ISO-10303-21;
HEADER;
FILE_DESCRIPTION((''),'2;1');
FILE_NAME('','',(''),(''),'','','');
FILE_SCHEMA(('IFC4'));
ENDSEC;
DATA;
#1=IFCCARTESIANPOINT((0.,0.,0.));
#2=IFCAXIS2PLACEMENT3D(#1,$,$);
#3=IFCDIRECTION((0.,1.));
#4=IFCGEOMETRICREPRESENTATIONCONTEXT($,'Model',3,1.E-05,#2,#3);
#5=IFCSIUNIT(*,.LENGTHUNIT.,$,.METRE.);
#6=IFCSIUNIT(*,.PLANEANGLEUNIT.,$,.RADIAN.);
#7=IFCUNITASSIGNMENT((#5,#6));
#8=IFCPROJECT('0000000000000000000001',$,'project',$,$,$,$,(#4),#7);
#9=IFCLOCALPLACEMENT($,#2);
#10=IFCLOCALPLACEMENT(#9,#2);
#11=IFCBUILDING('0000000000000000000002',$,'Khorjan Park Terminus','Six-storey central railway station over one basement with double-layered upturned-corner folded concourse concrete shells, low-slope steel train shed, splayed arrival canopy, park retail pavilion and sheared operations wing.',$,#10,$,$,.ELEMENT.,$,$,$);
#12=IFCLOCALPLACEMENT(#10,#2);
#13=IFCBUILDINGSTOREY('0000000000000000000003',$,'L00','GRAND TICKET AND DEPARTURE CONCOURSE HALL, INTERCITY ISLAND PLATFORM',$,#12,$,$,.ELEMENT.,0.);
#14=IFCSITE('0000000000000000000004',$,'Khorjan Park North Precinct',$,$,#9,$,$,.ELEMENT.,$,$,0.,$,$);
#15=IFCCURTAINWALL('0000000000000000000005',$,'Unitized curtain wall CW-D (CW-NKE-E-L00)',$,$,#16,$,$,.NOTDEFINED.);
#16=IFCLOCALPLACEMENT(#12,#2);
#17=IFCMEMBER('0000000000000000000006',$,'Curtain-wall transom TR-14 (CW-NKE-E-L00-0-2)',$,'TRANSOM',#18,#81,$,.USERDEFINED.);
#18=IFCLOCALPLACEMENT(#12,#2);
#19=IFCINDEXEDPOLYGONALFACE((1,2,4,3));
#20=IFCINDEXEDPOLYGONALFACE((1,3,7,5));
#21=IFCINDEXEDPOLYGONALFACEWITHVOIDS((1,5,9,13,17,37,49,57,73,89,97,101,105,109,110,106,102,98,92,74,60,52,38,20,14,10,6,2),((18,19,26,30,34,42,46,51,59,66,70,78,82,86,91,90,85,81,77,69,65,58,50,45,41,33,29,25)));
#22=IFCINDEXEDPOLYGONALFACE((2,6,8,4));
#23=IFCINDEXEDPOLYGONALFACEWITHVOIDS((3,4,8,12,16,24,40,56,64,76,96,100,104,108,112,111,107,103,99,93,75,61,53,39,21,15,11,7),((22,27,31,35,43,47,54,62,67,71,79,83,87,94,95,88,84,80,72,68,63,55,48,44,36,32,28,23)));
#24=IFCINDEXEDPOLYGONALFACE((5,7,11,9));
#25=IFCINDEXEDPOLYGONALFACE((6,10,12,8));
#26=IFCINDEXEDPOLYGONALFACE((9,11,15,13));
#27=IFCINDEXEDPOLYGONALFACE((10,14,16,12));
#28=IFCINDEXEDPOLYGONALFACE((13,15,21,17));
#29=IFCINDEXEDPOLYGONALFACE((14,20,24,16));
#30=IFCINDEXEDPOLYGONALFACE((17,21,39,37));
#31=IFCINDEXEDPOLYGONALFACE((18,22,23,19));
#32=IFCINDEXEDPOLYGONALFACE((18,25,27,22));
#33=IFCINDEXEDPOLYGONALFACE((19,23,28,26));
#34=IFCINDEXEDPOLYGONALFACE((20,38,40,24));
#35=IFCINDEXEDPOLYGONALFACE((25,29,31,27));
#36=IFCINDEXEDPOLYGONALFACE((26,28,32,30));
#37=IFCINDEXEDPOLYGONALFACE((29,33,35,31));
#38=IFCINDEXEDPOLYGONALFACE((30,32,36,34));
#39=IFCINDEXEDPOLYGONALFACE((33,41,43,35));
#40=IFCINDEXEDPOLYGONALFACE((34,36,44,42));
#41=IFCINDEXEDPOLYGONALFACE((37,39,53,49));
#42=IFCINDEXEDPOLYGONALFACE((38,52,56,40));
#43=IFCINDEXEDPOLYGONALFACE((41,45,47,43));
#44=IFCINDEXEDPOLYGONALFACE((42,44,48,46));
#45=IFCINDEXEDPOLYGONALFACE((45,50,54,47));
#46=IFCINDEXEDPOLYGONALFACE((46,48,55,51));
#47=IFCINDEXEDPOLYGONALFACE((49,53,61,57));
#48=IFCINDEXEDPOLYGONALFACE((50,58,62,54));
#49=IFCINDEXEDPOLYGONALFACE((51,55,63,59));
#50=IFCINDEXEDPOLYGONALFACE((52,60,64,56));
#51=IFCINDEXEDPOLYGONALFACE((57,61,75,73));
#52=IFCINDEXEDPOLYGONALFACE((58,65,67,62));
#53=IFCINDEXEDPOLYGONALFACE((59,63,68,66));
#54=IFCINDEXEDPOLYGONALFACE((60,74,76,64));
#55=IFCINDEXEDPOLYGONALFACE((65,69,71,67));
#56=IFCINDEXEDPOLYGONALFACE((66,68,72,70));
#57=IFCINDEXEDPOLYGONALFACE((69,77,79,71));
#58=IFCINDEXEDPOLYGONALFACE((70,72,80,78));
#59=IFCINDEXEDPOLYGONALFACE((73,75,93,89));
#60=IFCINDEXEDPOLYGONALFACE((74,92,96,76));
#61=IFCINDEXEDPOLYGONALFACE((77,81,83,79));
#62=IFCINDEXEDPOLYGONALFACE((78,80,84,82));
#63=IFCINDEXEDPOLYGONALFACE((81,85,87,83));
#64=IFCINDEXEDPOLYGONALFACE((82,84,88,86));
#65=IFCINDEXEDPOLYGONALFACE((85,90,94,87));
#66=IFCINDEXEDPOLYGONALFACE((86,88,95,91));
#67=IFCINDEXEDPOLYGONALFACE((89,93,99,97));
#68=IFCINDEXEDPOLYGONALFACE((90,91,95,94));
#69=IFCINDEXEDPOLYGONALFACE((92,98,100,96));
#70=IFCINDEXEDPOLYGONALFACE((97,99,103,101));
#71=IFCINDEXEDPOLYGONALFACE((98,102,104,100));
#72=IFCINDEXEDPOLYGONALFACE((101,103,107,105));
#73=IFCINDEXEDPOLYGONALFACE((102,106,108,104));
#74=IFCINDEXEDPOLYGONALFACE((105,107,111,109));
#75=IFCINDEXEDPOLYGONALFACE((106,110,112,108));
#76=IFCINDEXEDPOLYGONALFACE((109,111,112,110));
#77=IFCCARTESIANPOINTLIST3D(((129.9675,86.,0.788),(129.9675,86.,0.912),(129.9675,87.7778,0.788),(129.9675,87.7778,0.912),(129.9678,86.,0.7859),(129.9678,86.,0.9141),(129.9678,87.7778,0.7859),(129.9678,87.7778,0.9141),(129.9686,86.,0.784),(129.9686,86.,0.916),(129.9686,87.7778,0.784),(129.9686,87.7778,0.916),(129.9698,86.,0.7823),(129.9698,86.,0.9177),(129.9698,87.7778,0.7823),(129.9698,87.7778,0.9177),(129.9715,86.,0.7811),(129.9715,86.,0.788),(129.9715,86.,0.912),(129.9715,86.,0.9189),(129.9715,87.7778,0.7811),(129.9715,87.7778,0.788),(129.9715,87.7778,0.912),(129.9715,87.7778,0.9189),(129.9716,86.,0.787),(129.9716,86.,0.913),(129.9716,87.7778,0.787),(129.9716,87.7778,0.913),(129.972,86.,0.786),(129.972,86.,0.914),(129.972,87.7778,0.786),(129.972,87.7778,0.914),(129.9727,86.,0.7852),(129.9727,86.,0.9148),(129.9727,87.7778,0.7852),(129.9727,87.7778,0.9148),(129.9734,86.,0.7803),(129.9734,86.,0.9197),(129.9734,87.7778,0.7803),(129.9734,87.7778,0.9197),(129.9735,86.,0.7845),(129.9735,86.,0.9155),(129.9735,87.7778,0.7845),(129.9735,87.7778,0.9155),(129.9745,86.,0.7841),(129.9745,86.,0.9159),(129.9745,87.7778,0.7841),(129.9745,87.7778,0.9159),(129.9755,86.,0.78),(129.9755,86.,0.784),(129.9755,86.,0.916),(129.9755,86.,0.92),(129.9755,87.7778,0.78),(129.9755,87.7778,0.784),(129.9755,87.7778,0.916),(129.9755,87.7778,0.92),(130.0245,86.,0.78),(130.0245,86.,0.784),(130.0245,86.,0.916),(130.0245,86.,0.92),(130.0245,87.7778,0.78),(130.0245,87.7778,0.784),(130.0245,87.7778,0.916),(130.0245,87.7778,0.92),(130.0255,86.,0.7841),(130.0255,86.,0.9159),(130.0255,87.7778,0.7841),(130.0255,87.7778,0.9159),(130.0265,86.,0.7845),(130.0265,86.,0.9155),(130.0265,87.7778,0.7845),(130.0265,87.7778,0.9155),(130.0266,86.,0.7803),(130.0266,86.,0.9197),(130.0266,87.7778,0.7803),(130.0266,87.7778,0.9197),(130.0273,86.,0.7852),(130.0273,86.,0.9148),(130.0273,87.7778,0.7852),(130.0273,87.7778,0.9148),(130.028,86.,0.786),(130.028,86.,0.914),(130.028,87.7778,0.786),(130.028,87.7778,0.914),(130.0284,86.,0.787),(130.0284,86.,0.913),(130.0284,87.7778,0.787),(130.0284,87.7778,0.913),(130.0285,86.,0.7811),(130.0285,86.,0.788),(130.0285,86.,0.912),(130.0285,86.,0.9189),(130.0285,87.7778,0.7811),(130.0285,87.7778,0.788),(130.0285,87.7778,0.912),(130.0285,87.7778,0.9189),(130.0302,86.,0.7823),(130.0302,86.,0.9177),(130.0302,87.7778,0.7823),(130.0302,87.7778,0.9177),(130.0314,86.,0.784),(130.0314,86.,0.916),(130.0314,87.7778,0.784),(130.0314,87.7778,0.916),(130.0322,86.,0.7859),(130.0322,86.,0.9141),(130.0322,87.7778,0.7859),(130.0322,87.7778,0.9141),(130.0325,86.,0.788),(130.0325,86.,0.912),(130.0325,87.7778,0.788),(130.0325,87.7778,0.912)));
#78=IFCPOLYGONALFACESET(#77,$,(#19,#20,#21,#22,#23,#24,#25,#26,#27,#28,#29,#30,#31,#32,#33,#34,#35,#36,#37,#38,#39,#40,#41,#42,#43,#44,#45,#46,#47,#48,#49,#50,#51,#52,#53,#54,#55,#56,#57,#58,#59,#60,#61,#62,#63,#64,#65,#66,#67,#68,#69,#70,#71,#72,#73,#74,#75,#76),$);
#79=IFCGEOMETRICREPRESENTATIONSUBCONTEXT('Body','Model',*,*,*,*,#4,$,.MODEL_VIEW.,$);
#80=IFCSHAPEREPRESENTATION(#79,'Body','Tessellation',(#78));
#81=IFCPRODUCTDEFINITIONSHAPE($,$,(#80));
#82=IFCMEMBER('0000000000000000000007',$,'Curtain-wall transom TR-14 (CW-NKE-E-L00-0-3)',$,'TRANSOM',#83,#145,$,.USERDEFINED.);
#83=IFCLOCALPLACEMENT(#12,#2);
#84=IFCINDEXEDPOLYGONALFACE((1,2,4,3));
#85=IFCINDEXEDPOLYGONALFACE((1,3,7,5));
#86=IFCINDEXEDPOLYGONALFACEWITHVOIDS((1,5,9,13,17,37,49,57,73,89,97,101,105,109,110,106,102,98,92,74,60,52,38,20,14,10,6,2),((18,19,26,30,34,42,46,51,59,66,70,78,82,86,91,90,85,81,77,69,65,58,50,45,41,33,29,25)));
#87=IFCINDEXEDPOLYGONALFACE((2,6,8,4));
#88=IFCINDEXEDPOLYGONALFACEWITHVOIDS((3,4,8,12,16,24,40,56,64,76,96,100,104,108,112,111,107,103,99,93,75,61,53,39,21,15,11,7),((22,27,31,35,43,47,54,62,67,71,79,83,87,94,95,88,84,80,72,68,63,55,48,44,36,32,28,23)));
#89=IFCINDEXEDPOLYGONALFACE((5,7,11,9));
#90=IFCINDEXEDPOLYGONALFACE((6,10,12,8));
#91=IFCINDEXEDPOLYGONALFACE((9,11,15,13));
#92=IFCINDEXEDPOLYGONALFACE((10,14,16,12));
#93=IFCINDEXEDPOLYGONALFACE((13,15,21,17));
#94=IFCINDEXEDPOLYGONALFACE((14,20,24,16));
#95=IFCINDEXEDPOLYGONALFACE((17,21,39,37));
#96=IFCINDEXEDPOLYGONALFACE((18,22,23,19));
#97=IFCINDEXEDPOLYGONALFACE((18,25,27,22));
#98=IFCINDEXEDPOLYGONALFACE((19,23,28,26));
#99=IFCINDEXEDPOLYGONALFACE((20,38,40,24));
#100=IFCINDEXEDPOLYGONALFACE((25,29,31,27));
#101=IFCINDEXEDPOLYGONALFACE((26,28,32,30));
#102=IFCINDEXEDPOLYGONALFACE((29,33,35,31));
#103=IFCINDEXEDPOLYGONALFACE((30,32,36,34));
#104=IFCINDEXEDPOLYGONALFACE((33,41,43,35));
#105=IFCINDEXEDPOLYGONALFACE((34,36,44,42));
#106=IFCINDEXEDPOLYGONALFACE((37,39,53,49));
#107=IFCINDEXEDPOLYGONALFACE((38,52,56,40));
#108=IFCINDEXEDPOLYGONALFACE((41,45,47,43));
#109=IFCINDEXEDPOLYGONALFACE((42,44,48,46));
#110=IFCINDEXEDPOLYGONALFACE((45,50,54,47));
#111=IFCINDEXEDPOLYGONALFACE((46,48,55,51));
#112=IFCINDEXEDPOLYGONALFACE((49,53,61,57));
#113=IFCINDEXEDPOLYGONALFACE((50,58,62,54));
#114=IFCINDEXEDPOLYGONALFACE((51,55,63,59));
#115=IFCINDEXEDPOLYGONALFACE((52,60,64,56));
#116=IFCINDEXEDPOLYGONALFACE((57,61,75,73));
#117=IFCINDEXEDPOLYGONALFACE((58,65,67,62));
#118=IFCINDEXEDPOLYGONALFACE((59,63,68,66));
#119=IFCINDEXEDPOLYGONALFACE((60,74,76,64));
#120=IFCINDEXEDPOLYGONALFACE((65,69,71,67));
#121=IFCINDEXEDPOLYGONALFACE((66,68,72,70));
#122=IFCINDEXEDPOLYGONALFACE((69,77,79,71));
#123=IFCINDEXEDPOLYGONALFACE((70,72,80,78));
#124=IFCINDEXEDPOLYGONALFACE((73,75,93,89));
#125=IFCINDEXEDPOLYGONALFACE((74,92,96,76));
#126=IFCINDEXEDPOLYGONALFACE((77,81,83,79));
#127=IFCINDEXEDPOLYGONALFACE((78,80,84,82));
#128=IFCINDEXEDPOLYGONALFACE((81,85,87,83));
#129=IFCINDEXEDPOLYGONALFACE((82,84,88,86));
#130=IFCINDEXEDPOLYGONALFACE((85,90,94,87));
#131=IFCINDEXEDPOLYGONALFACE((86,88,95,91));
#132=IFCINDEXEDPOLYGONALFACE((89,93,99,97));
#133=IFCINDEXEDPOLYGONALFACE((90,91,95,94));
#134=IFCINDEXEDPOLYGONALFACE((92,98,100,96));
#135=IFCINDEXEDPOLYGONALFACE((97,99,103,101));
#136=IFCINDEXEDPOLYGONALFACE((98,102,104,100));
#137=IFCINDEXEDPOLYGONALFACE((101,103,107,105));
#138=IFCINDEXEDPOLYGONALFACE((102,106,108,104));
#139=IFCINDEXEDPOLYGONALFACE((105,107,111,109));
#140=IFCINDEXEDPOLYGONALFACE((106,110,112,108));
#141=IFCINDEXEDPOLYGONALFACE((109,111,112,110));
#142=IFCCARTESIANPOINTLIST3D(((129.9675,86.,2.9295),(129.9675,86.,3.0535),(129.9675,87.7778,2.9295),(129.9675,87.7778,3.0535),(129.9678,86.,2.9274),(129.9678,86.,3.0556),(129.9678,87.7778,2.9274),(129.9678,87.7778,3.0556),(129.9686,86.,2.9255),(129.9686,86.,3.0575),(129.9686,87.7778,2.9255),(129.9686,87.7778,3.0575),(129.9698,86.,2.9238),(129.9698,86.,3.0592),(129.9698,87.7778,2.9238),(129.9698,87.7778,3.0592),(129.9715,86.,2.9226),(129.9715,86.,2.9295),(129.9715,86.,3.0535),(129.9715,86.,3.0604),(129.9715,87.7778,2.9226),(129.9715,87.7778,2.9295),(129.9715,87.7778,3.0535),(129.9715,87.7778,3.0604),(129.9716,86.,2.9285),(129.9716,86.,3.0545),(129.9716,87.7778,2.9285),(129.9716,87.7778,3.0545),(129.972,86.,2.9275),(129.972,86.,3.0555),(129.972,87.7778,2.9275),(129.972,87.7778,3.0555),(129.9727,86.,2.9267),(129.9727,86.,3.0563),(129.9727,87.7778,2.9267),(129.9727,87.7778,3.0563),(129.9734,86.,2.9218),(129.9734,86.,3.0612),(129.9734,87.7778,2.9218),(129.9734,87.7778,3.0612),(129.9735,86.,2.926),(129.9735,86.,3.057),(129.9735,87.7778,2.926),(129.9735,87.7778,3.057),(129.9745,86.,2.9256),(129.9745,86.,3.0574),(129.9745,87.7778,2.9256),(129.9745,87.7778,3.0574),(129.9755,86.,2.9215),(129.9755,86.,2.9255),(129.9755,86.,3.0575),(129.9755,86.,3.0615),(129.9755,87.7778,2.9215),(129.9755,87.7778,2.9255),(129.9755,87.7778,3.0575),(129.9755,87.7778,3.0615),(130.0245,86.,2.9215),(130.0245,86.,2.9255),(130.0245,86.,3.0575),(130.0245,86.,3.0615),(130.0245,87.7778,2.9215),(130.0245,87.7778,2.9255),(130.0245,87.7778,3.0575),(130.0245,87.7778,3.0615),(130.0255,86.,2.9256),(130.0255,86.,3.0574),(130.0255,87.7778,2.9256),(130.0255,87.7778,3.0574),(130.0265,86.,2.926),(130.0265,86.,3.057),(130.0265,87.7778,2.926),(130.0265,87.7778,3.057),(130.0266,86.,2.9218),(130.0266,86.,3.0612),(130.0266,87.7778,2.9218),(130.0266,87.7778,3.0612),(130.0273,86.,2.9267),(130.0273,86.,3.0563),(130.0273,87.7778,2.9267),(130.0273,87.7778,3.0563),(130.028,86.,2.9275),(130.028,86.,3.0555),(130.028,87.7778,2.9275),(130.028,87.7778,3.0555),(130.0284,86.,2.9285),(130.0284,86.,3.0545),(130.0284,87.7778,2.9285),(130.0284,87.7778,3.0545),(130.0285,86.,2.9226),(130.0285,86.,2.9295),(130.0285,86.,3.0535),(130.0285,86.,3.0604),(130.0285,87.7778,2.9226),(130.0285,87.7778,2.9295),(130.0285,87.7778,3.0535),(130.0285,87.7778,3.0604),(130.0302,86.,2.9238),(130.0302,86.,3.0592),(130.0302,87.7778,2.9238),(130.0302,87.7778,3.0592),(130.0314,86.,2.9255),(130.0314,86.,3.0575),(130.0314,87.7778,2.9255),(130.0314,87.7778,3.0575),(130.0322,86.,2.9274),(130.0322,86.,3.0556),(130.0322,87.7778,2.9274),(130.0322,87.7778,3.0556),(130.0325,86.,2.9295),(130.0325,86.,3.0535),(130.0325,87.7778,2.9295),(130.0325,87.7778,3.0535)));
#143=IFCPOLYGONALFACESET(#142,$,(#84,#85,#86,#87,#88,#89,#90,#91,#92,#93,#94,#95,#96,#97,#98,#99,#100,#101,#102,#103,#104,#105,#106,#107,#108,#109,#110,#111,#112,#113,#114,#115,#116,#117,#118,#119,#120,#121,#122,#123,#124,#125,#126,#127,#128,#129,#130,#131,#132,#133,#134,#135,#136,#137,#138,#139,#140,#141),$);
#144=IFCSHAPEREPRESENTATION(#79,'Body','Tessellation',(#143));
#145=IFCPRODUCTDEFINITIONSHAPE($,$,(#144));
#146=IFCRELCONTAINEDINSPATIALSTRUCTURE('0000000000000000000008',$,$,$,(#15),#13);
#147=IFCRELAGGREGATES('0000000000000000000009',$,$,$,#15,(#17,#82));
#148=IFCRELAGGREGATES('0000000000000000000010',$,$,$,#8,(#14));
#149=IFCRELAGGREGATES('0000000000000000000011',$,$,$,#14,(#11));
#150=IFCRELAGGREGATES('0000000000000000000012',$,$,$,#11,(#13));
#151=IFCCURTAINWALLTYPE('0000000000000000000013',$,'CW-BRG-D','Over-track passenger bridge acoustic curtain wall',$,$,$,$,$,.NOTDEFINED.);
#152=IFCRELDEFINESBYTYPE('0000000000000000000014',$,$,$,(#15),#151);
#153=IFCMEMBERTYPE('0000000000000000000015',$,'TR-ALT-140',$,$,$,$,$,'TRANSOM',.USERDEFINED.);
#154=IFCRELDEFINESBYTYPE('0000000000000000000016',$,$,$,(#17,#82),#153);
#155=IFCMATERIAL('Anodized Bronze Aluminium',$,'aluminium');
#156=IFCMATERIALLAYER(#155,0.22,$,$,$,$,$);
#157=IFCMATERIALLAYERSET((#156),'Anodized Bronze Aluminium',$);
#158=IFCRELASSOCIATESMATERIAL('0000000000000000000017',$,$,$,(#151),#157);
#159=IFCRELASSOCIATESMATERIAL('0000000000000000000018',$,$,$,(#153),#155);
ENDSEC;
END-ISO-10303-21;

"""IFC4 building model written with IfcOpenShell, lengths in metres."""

from ifc_helpers import new_model, si_unit, direction, frame, origin, origin_2d, place, context, subcontext, project, spatial, hollow_rectangle, extrude, material, layer, layer_set, material_profile, profile_set, type_object, element, aggregate, save


model = new_model("IFC4")

# Units and contexts
model_context = context("Model", 3, precision=1e-05, world=origin(), true_north=direction((0.0, 1.0)))
body_context = subcontext(model_context, "Body", "Model", "MODEL_VIEW")
ifc_project = project(units=[si_unit("LENGTHUNIT", "METRE"), si_unit("PLANEANGLEUNIT", "RADIAN")], contexts=[model_context])

# Site, building, storey
site_placement = place(None, origin())
site = spatial("IfcSite", under=ifc_project, at=site_placement, Name="Khorjan Park North Precinct", CompositionType="ELEMENT", RefElevation=0.0)
building_placement = place(site_placement, origin())
building = spatial("IfcBuilding", under=site, at=building_placement, Name="Khorjan Park Terminus", Description="Six-storey central railway station over one basement with double-layered upturned-corner folded concourse concrete shells, low-slope steel train shed, splayed arrival canopy, park retail pavilion and sheared operations wing.", CompositionType="ELEMENT")
storey_placement = place(building_placement, origin())
storey = spatial("IfcBuildingStorey", under=building, at=storey_placement, Name="L00", Description="GRAND TICKET AND DEPARTURE CONCOURSE HALL, INTERCITY ISLAND PLATFORM", CompositionType="ELEMENT", Elevation=0.0)

# Curtain wall, members
ifc_material_1 = material(Name="Anodized Bronze Aluminium", Category="aluminium")
ifc_layer_1 = layer(ifc_material_1, 0.22)
ifc_layer_set_1 = layer_set([ifc_layer_1], Name="Anodized Bronze Aluminium")
curtain_wall_type = type_object("IfcCurtainWallType", Name="CW-BRG-D", Description="Over-track passenger bridge acoustic curtain wall", PredefinedType="NOTDEFINED", material=ifc_layer_set_1)
curtain_wall_1_placement = place(storey_placement, origin())
curtain_wall_1 = element("IfcCurtainWall", 1, at=curtain_wall_1_placement, inside=storey, type_object=curtain_wall_type, Name="Unitized curtain wall CW-D (CW-NKE-E-L00)", PredefinedType="NOTDEFINED")
ifc_material_profile_1 = material_profile(ifc_material_1, hollow_rectangle(XDim=0.065, YDim=0.14, WallThickness=0.004, InnerFilletRadius=0.004, OuterFilletRadius=0.008, at=origin_2d()), Name="ALT 65x140x4")
ifc_profile_set_1 = profile_set([ifc_material_profile_1], Name="Anodized Bronze Aluminium")
member_type_1 = type_object("IfcMemberType", Name="TR-ALT-140", ElementType="TRANSOM", PredefinedType="USERDEFINED", material=ifc_profile_set_1)
member_1_placement = place(storey_placement, frame((130.0, 86.0, 0.85), z_axis=(0.0, 1.0, 0.0), x_axis=(-1.0, 0.0, 0.0)))
member_1 = element("IfcMember", 2, at=member_1_placement, type_object=member_type_1, Name="Curtain-wall transom TR-14 (CW-NKE-E-L00-0-2)", ObjectType="TRANSOM", PredefinedType="USERDEFINED", context=body_context, shape_type="SweptSolid", body=[
    extrude(hollow_rectangle(XDim=0.065, YDim=0.14, WallThickness=0.004, InnerFilletRadius=0.004, OuterFilletRadius=0.008, at=origin_2d()), origin(), (0.0, 0.0, 1.0), 1.7778),
])
member_2_placement = place(storey_placement, frame((130.0, 86.0, 2.9915), z_axis=(0.0, 1.0, 0.0), x_axis=(-1.0, 0.0, 0.0)))
member_2 = element("IfcMember", 3, at=member_2_placement, type_object=member_type_1, Name="Curtain-wall transom TR-14 (CW-NKE-E-L00-0-3)", ObjectType="TRANSOM", PredefinedType="USERDEFINED", context=body_context, shape_type="SweptSolid", body=[
    extrude(hollow_rectangle(XDim=0.065, YDim=0.14, WallThickness=0.004, InnerFilletRadius=0.004, OuterFilletRadius=0.008, at=origin_2d()), origin(), (0.0, 0.0, 1.0), 1.7778),
])

aggregate(curtain_wall_1, [member_1, member_2])

save(model, "model.ifc")
